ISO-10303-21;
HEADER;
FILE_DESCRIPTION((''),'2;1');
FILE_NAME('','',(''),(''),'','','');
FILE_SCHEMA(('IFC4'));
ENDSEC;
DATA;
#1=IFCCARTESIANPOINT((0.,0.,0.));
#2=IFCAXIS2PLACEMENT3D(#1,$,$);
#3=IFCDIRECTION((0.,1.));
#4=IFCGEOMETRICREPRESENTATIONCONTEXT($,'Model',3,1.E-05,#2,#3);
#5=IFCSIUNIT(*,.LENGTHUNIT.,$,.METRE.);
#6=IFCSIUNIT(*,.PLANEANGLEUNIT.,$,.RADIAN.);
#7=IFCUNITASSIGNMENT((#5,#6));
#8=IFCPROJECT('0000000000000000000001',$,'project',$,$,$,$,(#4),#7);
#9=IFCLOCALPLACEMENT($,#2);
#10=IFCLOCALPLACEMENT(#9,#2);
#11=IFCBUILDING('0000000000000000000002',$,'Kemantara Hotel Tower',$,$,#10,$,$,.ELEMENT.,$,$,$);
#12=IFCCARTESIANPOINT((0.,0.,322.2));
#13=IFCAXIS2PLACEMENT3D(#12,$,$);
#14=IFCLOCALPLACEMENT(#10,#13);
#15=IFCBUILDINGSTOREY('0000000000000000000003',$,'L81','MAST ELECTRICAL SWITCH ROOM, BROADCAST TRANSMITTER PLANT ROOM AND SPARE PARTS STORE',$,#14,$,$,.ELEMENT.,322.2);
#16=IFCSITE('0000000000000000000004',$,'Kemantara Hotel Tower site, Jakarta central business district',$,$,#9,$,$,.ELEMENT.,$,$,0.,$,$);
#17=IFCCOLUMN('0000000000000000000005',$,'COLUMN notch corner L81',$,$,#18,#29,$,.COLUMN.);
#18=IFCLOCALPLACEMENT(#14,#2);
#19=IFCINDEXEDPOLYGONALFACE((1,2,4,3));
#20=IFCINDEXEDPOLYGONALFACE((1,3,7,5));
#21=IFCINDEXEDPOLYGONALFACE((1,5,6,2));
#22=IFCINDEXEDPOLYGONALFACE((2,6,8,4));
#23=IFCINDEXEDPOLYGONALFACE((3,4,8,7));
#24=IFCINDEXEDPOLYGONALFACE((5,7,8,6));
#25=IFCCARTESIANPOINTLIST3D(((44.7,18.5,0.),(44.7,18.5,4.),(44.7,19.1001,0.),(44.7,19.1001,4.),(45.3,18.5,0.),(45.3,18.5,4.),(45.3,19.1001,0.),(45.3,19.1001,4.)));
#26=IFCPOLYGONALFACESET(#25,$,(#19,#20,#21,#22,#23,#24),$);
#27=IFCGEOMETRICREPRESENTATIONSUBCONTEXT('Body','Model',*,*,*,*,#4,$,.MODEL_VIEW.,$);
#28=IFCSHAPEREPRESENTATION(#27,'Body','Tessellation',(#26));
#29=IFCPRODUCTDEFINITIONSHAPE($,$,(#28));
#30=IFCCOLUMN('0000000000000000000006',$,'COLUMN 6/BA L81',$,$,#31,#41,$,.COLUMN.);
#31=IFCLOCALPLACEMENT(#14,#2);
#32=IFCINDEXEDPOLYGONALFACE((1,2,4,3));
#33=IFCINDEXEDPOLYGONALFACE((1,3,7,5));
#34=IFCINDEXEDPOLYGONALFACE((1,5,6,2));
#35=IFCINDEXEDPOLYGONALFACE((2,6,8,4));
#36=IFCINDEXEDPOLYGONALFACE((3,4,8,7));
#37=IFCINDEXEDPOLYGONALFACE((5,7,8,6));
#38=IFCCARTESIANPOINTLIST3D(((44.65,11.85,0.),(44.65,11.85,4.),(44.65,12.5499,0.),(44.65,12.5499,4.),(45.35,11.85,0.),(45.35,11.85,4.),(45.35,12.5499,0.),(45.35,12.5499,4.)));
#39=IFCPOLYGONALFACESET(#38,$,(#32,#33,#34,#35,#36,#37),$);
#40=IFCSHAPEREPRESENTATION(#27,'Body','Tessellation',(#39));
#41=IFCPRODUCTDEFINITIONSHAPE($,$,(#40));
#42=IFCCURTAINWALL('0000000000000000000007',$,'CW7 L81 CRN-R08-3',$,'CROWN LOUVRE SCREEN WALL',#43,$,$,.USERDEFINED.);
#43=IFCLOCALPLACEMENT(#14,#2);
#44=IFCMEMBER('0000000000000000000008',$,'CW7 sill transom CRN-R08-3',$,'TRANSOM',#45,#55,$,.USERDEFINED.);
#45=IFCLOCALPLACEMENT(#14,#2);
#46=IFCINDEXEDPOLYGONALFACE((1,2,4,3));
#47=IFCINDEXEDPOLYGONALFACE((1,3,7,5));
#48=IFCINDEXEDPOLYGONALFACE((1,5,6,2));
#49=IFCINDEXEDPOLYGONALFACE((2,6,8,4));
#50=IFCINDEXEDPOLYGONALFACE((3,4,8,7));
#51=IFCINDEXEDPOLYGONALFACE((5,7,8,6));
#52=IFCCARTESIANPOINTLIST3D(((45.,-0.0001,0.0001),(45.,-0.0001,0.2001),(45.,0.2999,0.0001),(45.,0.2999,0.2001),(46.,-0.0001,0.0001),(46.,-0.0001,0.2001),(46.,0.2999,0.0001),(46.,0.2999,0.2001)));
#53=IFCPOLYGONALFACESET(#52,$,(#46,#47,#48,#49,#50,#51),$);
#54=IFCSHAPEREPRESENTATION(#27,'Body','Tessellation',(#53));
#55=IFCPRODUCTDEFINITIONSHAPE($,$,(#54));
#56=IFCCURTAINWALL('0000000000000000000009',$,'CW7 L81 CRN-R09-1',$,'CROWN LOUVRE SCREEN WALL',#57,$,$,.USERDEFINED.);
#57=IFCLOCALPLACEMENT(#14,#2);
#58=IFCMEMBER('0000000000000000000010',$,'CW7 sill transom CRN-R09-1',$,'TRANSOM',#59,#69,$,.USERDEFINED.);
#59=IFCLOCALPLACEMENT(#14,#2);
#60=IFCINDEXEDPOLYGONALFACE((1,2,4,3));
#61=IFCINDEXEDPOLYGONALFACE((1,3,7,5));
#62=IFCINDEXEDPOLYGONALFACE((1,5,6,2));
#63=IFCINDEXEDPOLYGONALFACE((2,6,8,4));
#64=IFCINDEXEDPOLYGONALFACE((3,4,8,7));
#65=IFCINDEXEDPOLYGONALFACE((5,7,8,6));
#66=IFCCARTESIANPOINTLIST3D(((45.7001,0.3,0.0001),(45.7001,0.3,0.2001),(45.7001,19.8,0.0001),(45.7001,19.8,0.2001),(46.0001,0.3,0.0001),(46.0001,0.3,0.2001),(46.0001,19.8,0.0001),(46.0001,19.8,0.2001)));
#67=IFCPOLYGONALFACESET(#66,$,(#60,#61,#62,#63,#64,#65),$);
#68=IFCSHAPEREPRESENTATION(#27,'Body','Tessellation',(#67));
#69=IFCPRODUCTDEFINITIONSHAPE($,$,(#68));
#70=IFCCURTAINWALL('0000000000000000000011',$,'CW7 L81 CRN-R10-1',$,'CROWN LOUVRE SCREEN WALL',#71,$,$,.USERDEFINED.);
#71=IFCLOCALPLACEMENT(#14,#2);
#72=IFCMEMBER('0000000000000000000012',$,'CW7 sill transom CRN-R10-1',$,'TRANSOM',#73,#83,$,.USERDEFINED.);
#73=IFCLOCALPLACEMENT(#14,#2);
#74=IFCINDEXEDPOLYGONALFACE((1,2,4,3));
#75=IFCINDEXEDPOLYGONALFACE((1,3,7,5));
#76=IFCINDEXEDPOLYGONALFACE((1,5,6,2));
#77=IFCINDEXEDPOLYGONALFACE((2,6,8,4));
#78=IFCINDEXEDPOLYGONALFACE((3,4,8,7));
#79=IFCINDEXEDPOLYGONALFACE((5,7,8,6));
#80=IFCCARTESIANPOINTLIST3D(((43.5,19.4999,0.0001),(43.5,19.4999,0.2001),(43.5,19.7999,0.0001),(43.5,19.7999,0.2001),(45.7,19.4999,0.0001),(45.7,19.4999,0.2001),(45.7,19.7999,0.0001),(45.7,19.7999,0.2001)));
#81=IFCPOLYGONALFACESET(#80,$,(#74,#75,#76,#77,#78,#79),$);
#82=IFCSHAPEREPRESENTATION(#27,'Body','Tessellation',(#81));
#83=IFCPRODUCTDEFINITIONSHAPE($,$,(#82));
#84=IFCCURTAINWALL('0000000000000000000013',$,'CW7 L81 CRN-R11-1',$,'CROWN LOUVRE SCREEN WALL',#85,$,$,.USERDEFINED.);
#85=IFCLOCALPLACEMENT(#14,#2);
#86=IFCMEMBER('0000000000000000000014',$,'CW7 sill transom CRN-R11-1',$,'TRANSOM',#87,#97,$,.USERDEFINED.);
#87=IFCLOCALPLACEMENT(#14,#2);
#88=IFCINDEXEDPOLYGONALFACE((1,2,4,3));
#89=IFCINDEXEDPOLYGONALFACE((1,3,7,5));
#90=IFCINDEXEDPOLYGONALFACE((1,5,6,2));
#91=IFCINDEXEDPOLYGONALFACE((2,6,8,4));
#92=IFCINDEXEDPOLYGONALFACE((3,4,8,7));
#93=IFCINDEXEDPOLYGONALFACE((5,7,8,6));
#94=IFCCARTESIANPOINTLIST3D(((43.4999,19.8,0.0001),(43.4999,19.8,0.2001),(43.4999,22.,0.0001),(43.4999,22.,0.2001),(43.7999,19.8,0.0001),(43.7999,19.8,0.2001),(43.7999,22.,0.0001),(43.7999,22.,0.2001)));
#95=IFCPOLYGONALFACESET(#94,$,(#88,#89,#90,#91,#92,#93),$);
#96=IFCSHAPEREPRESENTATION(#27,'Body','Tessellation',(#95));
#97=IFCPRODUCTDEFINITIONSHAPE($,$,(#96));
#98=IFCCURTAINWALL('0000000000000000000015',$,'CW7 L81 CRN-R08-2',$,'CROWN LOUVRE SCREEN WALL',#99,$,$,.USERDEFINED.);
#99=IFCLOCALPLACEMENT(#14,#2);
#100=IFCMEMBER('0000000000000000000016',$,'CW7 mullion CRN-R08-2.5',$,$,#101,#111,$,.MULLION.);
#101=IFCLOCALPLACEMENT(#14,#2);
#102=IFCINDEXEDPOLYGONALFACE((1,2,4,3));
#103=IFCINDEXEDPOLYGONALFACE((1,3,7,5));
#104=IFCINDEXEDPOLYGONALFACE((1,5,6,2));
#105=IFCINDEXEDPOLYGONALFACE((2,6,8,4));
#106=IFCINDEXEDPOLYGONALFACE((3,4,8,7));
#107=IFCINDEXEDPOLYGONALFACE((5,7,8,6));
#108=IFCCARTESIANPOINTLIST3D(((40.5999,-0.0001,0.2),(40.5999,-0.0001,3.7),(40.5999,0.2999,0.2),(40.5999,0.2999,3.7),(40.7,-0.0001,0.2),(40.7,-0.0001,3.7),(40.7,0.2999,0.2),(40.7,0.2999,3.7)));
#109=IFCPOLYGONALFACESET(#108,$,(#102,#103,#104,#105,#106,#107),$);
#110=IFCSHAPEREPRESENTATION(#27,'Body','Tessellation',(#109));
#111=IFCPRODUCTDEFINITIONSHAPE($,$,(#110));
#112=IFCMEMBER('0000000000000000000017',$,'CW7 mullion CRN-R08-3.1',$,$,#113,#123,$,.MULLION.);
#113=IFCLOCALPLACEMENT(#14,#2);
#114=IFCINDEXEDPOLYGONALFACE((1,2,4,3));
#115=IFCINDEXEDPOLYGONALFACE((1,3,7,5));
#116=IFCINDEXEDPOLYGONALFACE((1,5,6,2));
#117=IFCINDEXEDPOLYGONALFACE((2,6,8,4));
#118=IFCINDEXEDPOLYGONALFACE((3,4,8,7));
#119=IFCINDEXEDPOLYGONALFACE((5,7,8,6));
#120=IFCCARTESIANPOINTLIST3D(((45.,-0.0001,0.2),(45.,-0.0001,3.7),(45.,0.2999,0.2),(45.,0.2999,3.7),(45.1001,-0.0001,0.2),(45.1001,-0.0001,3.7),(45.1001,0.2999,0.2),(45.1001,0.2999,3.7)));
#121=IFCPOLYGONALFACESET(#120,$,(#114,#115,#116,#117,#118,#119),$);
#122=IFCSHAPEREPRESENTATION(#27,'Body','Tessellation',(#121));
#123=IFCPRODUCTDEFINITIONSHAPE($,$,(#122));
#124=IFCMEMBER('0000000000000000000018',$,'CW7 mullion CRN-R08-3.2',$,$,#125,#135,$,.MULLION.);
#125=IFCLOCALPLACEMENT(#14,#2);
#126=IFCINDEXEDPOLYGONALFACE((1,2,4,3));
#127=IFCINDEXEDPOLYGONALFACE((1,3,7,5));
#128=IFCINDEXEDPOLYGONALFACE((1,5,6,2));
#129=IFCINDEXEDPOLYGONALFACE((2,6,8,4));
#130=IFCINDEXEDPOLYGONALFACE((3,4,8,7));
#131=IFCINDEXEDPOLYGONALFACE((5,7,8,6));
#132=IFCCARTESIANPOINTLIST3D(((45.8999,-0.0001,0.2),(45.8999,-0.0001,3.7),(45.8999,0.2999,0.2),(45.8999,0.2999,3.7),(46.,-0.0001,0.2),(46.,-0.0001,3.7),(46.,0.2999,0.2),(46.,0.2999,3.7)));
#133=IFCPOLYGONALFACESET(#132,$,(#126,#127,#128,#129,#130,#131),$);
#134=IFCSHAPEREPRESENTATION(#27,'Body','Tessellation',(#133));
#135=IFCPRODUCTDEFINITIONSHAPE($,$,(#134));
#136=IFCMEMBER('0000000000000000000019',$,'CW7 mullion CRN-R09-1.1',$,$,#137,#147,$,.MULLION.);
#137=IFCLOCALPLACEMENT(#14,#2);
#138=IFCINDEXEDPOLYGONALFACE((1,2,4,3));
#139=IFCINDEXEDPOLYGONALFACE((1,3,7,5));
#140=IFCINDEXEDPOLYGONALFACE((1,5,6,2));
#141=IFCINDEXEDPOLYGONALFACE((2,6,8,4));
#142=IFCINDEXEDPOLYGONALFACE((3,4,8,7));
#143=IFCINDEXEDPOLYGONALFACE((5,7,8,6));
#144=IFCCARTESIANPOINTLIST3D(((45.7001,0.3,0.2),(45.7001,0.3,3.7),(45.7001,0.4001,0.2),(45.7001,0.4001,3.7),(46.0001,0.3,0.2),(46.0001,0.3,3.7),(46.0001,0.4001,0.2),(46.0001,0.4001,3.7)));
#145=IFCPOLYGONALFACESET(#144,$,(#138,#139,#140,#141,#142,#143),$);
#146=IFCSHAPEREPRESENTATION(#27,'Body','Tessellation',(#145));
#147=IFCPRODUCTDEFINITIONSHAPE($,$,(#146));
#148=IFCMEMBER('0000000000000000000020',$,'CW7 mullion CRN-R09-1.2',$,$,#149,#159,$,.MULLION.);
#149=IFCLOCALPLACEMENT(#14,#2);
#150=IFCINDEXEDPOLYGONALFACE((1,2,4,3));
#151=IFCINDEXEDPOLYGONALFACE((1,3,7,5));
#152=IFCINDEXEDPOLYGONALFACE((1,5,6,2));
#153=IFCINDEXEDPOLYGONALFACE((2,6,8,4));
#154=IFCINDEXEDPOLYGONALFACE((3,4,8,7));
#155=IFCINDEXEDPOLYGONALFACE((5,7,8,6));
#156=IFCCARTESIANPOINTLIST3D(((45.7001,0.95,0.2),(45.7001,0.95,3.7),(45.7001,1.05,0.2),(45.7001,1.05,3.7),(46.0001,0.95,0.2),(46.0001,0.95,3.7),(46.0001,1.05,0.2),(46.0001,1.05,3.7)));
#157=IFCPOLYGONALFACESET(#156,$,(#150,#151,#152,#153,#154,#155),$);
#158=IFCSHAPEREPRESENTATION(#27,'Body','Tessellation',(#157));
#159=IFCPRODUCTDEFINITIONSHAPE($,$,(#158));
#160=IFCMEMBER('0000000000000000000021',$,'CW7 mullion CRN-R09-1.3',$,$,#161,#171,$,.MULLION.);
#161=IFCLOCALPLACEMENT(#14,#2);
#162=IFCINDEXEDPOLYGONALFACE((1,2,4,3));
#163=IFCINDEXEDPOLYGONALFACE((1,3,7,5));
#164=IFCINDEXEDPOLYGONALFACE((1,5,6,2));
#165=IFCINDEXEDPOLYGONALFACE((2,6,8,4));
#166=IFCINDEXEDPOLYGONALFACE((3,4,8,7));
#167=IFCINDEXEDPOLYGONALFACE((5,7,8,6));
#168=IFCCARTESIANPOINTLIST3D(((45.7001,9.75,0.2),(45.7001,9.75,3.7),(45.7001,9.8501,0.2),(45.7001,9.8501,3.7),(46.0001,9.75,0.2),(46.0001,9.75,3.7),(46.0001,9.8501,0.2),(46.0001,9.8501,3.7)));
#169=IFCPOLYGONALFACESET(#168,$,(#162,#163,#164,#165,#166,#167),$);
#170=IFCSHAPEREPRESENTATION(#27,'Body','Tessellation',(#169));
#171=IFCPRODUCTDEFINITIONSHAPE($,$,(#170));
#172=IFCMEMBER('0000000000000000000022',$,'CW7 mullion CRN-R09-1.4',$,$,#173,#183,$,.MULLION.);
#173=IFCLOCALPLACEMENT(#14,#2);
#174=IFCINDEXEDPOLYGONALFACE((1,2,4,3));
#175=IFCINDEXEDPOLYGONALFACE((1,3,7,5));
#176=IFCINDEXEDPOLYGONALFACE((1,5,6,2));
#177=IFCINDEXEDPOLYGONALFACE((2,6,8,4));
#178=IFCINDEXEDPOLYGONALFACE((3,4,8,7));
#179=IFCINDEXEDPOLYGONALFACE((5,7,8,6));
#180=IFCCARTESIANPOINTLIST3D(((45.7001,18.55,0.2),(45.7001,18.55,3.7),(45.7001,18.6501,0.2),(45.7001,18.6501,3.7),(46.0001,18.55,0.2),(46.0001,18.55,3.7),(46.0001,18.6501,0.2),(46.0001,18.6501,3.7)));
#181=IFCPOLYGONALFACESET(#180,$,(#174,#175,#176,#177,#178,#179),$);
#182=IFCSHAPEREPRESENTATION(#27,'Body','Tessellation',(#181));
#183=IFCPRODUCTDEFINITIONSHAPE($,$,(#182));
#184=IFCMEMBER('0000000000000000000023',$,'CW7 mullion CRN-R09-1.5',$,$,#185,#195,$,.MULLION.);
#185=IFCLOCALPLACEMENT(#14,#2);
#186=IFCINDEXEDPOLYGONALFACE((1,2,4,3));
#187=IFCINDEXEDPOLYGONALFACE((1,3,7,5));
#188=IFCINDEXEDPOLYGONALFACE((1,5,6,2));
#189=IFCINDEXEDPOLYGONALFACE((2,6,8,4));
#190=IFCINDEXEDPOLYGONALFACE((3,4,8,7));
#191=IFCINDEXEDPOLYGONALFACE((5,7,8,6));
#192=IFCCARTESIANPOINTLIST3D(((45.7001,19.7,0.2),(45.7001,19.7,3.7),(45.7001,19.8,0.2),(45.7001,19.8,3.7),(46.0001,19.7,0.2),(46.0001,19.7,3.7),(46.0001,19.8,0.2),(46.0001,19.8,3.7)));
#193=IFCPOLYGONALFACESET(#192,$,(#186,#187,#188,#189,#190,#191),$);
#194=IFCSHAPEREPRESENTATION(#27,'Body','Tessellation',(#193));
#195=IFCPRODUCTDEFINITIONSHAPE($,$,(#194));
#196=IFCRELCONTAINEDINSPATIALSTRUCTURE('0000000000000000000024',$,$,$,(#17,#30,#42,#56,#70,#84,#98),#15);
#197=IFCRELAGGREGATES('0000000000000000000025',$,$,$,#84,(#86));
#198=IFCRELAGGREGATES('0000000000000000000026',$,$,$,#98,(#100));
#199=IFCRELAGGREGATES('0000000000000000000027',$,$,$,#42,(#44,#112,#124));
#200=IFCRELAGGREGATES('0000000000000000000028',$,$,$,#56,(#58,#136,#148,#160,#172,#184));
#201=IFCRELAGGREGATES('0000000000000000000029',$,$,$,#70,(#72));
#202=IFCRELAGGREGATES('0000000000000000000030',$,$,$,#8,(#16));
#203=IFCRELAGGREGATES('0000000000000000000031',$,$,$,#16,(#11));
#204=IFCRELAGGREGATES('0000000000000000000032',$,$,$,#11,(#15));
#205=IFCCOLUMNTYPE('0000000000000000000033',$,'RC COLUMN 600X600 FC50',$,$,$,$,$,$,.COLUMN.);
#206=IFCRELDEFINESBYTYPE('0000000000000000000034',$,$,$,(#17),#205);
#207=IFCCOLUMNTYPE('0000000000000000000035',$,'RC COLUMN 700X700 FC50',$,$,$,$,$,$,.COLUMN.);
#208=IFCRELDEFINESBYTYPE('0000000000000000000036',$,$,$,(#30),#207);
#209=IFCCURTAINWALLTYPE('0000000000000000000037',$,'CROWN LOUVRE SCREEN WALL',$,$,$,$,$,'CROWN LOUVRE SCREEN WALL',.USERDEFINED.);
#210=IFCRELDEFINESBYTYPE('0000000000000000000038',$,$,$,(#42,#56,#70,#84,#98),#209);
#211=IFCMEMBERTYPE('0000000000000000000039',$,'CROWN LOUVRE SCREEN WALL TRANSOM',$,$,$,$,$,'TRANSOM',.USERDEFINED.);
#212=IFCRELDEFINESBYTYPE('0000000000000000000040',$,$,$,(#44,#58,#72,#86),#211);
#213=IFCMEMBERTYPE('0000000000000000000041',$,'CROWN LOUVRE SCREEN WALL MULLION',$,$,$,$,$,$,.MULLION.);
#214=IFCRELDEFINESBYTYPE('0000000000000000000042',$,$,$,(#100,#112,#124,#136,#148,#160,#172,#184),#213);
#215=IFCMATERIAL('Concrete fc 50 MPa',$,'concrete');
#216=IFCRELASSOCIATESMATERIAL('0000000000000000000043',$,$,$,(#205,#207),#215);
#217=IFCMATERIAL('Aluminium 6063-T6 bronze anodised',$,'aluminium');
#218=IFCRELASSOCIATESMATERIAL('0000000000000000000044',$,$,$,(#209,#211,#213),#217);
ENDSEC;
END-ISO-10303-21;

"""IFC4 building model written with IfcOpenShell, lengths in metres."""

from ifc_helpers import new_model, si_unit, direction, frame, origin, origin_2d, place, context, subcontext, project, spatial, rectangle, extrude, source, transform, mapped, material, material_profile, profile_set, type_object, element, aggregate, save


model = new_model("IFC4")

# Units and contexts
model_context = context("Model", 3, precision=1e-05, world=origin(), true_north=direction((0.0, 1.0)))
body_context = subcontext(model_context, "Body", "Model", "MODEL_VIEW")
ifc_project = project(units=[si_unit("LENGTHUNIT", "METRE"), si_unit("PLANEANGLEUNIT", "RADIAN")], contexts=[model_context])

# Site, building, storey
site_placement = place(None, origin())
site = spatial("IfcSite", under=ifc_project, at=site_placement, Name="Kemantara Hotel Tower site, Jakarta central business district", CompositionType="ELEMENT", RefElevation=0.0)
building_placement = place(site_placement, origin())
building = spatial("IfcBuilding", under=site, at=building_placement, Name="Kemantara Hotel Tower", CompositionType="ELEMENT")
storey_placement = place(building_placement, frame((0.0, 0.0, 322.2)))
storey = spatial("IfcBuildingStorey", under=building, at=storey_placement, Name="L81", Description="MAST ELECTRICAL SWITCH ROOM, BROADCAST TRANSMITTER PLANT ROOM AND SPARE PARTS STORE", CompositionType="ELEMENT", Elevation=322.2)

# Columns
ifc_material_1 = material(Name="Concrete fc 50 MPa", Category="concrete")
ifc_material_profile_1 = material_profile(ifc_material_1, rectangle(XDim=0.6001, YDim=0.6001, at=origin_2d()), Name="RC 600X600")
ifc_profile_set_1 = profile_set([ifc_material_profile_1], Name="Concrete fc 50 MPa")
column_type_1 = type_object("IfcColumnType", Name="RC COLUMN 600X600 FC50", PredefinedType="COLUMN", material=ifc_profile_set_1)
column_1_placement = place(storey_placement, frame((45.0, 18.8, 0.0), z_axis=(0.0, 0.0, 1.0), x_axis=(1.0, 0.0, 0.0)))
element("IfcColumn", 1, at=column_1_placement, inside=storey, type_object=column_type_1, Name="COLUMN notch corner L81", PredefinedType="COLUMN", context=body_context, shape_type="SweptSolid", body=[
    extrude(rectangle(XDim=0.6001, YDim=0.6001, at=origin_2d()), origin(), (0.0, 0.0, 1.0), 4.0),
])
ifc_material_profile_2 = material_profile(ifc_material_1, rectangle(XDim=0.7, YDim=0.7, at=origin_2d()), Name="RC 700X700")
ifc_profile_set_2 = profile_set([ifc_material_profile_2], Name="Concrete fc 50 MPa")
column_type_2 = type_object("IfcColumnType", Name="RC COLUMN 700X700 FC50", PredefinedType="COLUMN", material=ifc_profile_set_2)
column_2_placement = place(storey_placement, frame((45.0, 12.2, 0.0), z_axis=(0.0, 0.0, 1.0), x_axis=(1.0, 0.0, 0.0)))
element("IfcColumn", 2, at=column_2_placement, inside=storey, type_object=column_type_2, Name="COLUMN 6/BA L81", PredefinedType="COLUMN", context=body_context, shape_type="SweptSolid", body=[
    extrude(rectangle(XDim=0.7, YDim=0.7, at=origin_2d()), origin(), (0.0, 0.0, 1.0), 4.0),
])

# Curtain walls, members
ifc_material_2 = material(Name="Aluminium 6063-T6 bronze anodised", Category="aluminium")
curtain_wall_type = type_object("IfcCurtainWallType", Name="CROWN LOUVRE SCREEN WALL", ElementType="CROWN LOUVRE SCREEN WALL", PredefinedType="USERDEFINED", material=ifc_material_2)
curtain_wall_1_placement = place(storey_placement, origin())
curtain_wall_1 = element("IfcCurtainWall", 3, at=curtain_wall_1_placement, inside=storey, type_object=curtain_wall_type, Name="CW7 L81 CRN-R08-3", ObjectType="CROWN LOUVRE SCREEN WALL", PredefinedType="USERDEFINED")
ifc_material_profile_3 = material_profile(ifc_material_2, rectangle(XDim=0.3, YDim=0.2, at=origin_2d()), Name="CROWN LOUVRE SCREEN WALL TRANSOM")
ifc_profile_set_3 = profile_set([ifc_material_profile_3], Name="Aluminium 6063-T6 bronze anodised")
member_type_1 = type_object("IfcMemberType", Name="CROWN LOUVRE SCREEN WALL TRANSOM", ElementType="TRANSOM", PredefinedType="USERDEFINED", material=ifc_profile_set_3)
member_1_placement = place(storey_placement, frame((45.0, 0.1499, 0.1001), z_axis=(1.0, 0.0, 0.0), x_axis=(0.0, 1.0, 0.0)))
member_1 = element("IfcMember", 4, at=member_1_placement, type_object=member_type_1, Name="CW7 sill transom CRN-R08-3", ObjectType="TRANSOM", PredefinedType="USERDEFINED", context=body_context, shape_type="SweptSolid", body=[
    extrude(rectangle(XDim=0.3, YDim=0.2, at=origin_2d()), origin(), (0.0, 0.0, 1.0), 1.0),
])
curtain_wall_2_placement = place(storey_placement, origin())
curtain_wall_2 = element("IfcCurtainWall", 5, at=curtain_wall_2_placement, inside=storey, type_object=curtain_wall_type, Name="CW7 L81 CRN-R09-1", ObjectType="CROWN LOUVRE SCREEN WALL", PredefinedType="USERDEFINED")
member_2_placement = place(storey_placement, frame((45.8501, 0.3, 0.1001), z_axis=(0.0, 1.0, 0.0), x_axis=(-1.0, 0.0, 0.0)))
member_2 = element("IfcMember", 6, at=member_2_placement, type_object=member_type_1, Name="CW7 sill transom CRN-R09-1", ObjectType="TRANSOM", PredefinedType="USERDEFINED", context=body_context, shape_type="SweptSolid", body=[
    extrude(rectangle(XDim=0.3, YDim=0.2, at=origin_2d()), origin(), (0.0, 0.0, 1.0), 19.5),
])
curtain_wall_3_placement = place(storey_placement, origin())
curtain_wall_3 = element("IfcCurtainWall", 7, at=curtain_wall_3_placement, inside=storey, type_object=curtain_wall_type, Name="CW7 L81 CRN-R10-1", ObjectType="CROWN LOUVRE SCREEN WALL", PredefinedType="USERDEFINED")
member_3_placement = place(storey_placement, frame((45.7, 19.6499, 0.1001), z_axis=(-1.0, 0.0, 0.0), x_axis=(0.0, -1.0, 0.0)))
member_3 = element("IfcMember", 8, at=member_3_placement, type_object=member_type_1, Name="CW7 sill transom CRN-R10-1", ObjectType="TRANSOM", PredefinedType="USERDEFINED", context=body_context, shape_type="SweptSolid", body=[
    extrude(rectangle(XDim=0.3, YDim=0.2, at=origin_2d()), origin(), (0.0, 0.0, 1.0), 2.2),
])
curtain_wall_4_placement = place(storey_placement, origin())
curtain_wall_4 = element("IfcCurtainWall", 9, at=curtain_wall_4_placement, inside=storey, type_object=curtain_wall_type, Name="CW7 L81 CRN-R11-1", ObjectType="CROWN LOUVRE SCREEN WALL", PredefinedType="USERDEFINED")
member_4_placement = place(storey_placement, frame((43.6499, 19.8, 0.1001), z_axis=(0.0, 1.0, 0.0), x_axis=(-1.0, 0.0, 0.0)))
member_4 = element("IfcMember", 10, at=member_4_placement, type_object=member_type_1, Name="CW7 sill transom CRN-R11-1", ObjectType="TRANSOM", PredefinedType="USERDEFINED", context=body_context, shape_type="SweptSolid", body=[
    extrude(rectangle(XDim=0.3, YDim=0.2, at=origin_2d()), origin(), (0.0, 0.0, 1.0), 2.2),
])
aggregate(curtain_wall_4, [member_4])
curtain_wall_5_placement = place(storey_placement, origin())
curtain_wall_5 = element("IfcCurtainWall", 11, at=curtain_wall_5_placement, inside=storey, type_object=curtain_wall_type, Name="CW7 L81 CRN-R08-2", ObjectType="CROWN LOUVRE SCREEN WALL", PredefinedType="USERDEFINED")
ifc_material_profile_4 = material_profile(ifc_material_2, rectangle(XDim=0.3, YDim=0.1001, at=origin_2d()), Name="CROWN LOUVRE SCREEN WALL MULLION")
ifc_profile_set_4 = profile_set([ifc_material_profile_4], Name="Aluminium 6063-T6 bronze anodised")
member_type_2 = type_object("IfcMemberType", Name="CROWN LOUVRE SCREEN WALL MULLION", PredefinedType="MULLION", material=ifc_profile_set_4)
shared_shape_1 = source(origin(), body_context, "Body", "SweptSolid", [
    extrude(rectangle(XDim=0.3, YDim=0.1001, at=origin_2d()), origin(), (0.0, 0.0, 1.0), 3.5),
])
member_5_placement = place(storey_placement, frame((40.6499, 0.1499, 0.2), z_axis=(0.0, 0.0, 1.0), x_axis=(0.0, 1.0, 0.0)))
member_5 = element("IfcMember", 12, at=member_5_placement, type_object=member_type_2, Name="CW7 mullion CRN-R08-2.5", PredefinedType="MULLION", context=body_context, shape_type="MappedRepresentation", body=[
    mapped(shared_shape_1, transform((0.0, 0.0, 0.0))),
])
aggregate(curtain_wall_5, [member_5])

# Members
member_6_placement = place(storey_placement, frame((45.05, 0.1499, 0.2), z_axis=(0.0, 0.0, 1.0), x_axis=(0.0, 1.0, 0.0)))
member_6 = element("IfcMember", 13, at=member_6_placement, type_object=member_type_2, Name="CW7 mullion CRN-R08-3.1", PredefinedType="MULLION", context=body_context, shape_type="MappedRepresentation", body=[
    mapped(shared_shape_1, transform((0.0, 0.0, 0.0))),
])
member_7_placement = place(storey_placement, frame((45.95, 0.1499, 0.2), z_axis=(0.0, 0.0, 1.0), x_axis=(0.0, 1.0, 0.0)))
member_7 = element("IfcMember", 14, at=member_7_placement, type_object=member_type_2, Name="CW7 mullion CRN-R08-3.2", PredefinedType="MULLION", context=body_context, shape_type="MappedRepresentation", body=[
    mapped(shared_shape_1, transform((0.0, 0.0, 0.0))),
])
member_8_placement = place(storey_placement, frame((45.8501, 0.3501, 0.2), z_axis=(0.0, 0.0, 1.0), x_axis=(-1.0, 0.0, 0.0)))
member_8 = element("IfcMember", 15, at=member_8_placement, type_object=member_type_2, Name="CW7 mullion CRN-R09-1.1", PredefinedType="MULLION", context=body_context, shape_type="MappedRepresentation", body=[
    mapped(shared_shape_1, transform((0.0, 0.0, 0.0))),
])
member_9_placement = place(storey_placement, frame((45.8501, 1.0, 0.2), z_axis=(0.0, 0.0, 1.0), x_axis=(-1.0, 0.0, 0.0)))
member_9 = element("IfcMember", 16, at=member_9_placement, type_object=member_type_2, Name="CW7 mullion CRN-R09-1.2", PredefinedType="MULLION", context=body_context, shape_type="MappedRepresentation", body=[
    mapped(shared_shape_1, transform((0.0, 0.0, 0.0))),
])
member_10_placement = place(storey_placement, frame((45.8501, 9.8, 0.2), z_axis=(0.0, 0.0, 1.0), x_axis=(-1.0, 0.0, 0.0)))
member_10 = element("IfcMember", 17, at=member_10_placement, type_object=member_type_2, Name="CW7 mullion CRN-R09-1.3", PredefinedType="MULLION", context=body_context, shape_type="MappedRepresentation", body=[
    mapped(shared_shape_1, transform((0.0, 0.0, 0.0))),
])
member_11_placement = place(storey_placement, frame((45.8501, 18.6001, 0.2), z_axis=(0.0, 0.0, 1.0), x_axis=(-1.0, 0.0, 0.0)))
member_11 = element("IfcMember", 18, at=member_11_placement, type_object=member_type_2, Name="CW7 mullion CRN-R09-1.4", PredefinedType="MULLION", context=body_context, shape_type="MappedRepresentation", body=[
    mapped(shared_shape_1, transform((0.0, 0.0, 0.0))),
])
member_12_placement = place(storey_placement, frame((45.8501, 19.75, 0.2), z_axis=(0.0, 0.0, 1.0), x_axis=(-1.0, 0.0, 0.0)))
member_12 = element("IfcMember", 19, at=member_12_placement, type_object=member_type_2, Name="CW7 mullion CRN-R09-1.5", PredefinedType="MULLION", context=body_context, shape_type="MappedRepresentation", body=[
    mapped(shared_shape_1, transform((0.0, 0.0, 0.0))),
])

aggregate(curtain_wall_1, [member_1, member_6, member_7])
aggregate(curtain_wall_2, [member_2, member_8, member_9, member_10, member_11, member_12])
aggregate(curtain_wall_3, [member_3])

save(model, "model.ifc")
